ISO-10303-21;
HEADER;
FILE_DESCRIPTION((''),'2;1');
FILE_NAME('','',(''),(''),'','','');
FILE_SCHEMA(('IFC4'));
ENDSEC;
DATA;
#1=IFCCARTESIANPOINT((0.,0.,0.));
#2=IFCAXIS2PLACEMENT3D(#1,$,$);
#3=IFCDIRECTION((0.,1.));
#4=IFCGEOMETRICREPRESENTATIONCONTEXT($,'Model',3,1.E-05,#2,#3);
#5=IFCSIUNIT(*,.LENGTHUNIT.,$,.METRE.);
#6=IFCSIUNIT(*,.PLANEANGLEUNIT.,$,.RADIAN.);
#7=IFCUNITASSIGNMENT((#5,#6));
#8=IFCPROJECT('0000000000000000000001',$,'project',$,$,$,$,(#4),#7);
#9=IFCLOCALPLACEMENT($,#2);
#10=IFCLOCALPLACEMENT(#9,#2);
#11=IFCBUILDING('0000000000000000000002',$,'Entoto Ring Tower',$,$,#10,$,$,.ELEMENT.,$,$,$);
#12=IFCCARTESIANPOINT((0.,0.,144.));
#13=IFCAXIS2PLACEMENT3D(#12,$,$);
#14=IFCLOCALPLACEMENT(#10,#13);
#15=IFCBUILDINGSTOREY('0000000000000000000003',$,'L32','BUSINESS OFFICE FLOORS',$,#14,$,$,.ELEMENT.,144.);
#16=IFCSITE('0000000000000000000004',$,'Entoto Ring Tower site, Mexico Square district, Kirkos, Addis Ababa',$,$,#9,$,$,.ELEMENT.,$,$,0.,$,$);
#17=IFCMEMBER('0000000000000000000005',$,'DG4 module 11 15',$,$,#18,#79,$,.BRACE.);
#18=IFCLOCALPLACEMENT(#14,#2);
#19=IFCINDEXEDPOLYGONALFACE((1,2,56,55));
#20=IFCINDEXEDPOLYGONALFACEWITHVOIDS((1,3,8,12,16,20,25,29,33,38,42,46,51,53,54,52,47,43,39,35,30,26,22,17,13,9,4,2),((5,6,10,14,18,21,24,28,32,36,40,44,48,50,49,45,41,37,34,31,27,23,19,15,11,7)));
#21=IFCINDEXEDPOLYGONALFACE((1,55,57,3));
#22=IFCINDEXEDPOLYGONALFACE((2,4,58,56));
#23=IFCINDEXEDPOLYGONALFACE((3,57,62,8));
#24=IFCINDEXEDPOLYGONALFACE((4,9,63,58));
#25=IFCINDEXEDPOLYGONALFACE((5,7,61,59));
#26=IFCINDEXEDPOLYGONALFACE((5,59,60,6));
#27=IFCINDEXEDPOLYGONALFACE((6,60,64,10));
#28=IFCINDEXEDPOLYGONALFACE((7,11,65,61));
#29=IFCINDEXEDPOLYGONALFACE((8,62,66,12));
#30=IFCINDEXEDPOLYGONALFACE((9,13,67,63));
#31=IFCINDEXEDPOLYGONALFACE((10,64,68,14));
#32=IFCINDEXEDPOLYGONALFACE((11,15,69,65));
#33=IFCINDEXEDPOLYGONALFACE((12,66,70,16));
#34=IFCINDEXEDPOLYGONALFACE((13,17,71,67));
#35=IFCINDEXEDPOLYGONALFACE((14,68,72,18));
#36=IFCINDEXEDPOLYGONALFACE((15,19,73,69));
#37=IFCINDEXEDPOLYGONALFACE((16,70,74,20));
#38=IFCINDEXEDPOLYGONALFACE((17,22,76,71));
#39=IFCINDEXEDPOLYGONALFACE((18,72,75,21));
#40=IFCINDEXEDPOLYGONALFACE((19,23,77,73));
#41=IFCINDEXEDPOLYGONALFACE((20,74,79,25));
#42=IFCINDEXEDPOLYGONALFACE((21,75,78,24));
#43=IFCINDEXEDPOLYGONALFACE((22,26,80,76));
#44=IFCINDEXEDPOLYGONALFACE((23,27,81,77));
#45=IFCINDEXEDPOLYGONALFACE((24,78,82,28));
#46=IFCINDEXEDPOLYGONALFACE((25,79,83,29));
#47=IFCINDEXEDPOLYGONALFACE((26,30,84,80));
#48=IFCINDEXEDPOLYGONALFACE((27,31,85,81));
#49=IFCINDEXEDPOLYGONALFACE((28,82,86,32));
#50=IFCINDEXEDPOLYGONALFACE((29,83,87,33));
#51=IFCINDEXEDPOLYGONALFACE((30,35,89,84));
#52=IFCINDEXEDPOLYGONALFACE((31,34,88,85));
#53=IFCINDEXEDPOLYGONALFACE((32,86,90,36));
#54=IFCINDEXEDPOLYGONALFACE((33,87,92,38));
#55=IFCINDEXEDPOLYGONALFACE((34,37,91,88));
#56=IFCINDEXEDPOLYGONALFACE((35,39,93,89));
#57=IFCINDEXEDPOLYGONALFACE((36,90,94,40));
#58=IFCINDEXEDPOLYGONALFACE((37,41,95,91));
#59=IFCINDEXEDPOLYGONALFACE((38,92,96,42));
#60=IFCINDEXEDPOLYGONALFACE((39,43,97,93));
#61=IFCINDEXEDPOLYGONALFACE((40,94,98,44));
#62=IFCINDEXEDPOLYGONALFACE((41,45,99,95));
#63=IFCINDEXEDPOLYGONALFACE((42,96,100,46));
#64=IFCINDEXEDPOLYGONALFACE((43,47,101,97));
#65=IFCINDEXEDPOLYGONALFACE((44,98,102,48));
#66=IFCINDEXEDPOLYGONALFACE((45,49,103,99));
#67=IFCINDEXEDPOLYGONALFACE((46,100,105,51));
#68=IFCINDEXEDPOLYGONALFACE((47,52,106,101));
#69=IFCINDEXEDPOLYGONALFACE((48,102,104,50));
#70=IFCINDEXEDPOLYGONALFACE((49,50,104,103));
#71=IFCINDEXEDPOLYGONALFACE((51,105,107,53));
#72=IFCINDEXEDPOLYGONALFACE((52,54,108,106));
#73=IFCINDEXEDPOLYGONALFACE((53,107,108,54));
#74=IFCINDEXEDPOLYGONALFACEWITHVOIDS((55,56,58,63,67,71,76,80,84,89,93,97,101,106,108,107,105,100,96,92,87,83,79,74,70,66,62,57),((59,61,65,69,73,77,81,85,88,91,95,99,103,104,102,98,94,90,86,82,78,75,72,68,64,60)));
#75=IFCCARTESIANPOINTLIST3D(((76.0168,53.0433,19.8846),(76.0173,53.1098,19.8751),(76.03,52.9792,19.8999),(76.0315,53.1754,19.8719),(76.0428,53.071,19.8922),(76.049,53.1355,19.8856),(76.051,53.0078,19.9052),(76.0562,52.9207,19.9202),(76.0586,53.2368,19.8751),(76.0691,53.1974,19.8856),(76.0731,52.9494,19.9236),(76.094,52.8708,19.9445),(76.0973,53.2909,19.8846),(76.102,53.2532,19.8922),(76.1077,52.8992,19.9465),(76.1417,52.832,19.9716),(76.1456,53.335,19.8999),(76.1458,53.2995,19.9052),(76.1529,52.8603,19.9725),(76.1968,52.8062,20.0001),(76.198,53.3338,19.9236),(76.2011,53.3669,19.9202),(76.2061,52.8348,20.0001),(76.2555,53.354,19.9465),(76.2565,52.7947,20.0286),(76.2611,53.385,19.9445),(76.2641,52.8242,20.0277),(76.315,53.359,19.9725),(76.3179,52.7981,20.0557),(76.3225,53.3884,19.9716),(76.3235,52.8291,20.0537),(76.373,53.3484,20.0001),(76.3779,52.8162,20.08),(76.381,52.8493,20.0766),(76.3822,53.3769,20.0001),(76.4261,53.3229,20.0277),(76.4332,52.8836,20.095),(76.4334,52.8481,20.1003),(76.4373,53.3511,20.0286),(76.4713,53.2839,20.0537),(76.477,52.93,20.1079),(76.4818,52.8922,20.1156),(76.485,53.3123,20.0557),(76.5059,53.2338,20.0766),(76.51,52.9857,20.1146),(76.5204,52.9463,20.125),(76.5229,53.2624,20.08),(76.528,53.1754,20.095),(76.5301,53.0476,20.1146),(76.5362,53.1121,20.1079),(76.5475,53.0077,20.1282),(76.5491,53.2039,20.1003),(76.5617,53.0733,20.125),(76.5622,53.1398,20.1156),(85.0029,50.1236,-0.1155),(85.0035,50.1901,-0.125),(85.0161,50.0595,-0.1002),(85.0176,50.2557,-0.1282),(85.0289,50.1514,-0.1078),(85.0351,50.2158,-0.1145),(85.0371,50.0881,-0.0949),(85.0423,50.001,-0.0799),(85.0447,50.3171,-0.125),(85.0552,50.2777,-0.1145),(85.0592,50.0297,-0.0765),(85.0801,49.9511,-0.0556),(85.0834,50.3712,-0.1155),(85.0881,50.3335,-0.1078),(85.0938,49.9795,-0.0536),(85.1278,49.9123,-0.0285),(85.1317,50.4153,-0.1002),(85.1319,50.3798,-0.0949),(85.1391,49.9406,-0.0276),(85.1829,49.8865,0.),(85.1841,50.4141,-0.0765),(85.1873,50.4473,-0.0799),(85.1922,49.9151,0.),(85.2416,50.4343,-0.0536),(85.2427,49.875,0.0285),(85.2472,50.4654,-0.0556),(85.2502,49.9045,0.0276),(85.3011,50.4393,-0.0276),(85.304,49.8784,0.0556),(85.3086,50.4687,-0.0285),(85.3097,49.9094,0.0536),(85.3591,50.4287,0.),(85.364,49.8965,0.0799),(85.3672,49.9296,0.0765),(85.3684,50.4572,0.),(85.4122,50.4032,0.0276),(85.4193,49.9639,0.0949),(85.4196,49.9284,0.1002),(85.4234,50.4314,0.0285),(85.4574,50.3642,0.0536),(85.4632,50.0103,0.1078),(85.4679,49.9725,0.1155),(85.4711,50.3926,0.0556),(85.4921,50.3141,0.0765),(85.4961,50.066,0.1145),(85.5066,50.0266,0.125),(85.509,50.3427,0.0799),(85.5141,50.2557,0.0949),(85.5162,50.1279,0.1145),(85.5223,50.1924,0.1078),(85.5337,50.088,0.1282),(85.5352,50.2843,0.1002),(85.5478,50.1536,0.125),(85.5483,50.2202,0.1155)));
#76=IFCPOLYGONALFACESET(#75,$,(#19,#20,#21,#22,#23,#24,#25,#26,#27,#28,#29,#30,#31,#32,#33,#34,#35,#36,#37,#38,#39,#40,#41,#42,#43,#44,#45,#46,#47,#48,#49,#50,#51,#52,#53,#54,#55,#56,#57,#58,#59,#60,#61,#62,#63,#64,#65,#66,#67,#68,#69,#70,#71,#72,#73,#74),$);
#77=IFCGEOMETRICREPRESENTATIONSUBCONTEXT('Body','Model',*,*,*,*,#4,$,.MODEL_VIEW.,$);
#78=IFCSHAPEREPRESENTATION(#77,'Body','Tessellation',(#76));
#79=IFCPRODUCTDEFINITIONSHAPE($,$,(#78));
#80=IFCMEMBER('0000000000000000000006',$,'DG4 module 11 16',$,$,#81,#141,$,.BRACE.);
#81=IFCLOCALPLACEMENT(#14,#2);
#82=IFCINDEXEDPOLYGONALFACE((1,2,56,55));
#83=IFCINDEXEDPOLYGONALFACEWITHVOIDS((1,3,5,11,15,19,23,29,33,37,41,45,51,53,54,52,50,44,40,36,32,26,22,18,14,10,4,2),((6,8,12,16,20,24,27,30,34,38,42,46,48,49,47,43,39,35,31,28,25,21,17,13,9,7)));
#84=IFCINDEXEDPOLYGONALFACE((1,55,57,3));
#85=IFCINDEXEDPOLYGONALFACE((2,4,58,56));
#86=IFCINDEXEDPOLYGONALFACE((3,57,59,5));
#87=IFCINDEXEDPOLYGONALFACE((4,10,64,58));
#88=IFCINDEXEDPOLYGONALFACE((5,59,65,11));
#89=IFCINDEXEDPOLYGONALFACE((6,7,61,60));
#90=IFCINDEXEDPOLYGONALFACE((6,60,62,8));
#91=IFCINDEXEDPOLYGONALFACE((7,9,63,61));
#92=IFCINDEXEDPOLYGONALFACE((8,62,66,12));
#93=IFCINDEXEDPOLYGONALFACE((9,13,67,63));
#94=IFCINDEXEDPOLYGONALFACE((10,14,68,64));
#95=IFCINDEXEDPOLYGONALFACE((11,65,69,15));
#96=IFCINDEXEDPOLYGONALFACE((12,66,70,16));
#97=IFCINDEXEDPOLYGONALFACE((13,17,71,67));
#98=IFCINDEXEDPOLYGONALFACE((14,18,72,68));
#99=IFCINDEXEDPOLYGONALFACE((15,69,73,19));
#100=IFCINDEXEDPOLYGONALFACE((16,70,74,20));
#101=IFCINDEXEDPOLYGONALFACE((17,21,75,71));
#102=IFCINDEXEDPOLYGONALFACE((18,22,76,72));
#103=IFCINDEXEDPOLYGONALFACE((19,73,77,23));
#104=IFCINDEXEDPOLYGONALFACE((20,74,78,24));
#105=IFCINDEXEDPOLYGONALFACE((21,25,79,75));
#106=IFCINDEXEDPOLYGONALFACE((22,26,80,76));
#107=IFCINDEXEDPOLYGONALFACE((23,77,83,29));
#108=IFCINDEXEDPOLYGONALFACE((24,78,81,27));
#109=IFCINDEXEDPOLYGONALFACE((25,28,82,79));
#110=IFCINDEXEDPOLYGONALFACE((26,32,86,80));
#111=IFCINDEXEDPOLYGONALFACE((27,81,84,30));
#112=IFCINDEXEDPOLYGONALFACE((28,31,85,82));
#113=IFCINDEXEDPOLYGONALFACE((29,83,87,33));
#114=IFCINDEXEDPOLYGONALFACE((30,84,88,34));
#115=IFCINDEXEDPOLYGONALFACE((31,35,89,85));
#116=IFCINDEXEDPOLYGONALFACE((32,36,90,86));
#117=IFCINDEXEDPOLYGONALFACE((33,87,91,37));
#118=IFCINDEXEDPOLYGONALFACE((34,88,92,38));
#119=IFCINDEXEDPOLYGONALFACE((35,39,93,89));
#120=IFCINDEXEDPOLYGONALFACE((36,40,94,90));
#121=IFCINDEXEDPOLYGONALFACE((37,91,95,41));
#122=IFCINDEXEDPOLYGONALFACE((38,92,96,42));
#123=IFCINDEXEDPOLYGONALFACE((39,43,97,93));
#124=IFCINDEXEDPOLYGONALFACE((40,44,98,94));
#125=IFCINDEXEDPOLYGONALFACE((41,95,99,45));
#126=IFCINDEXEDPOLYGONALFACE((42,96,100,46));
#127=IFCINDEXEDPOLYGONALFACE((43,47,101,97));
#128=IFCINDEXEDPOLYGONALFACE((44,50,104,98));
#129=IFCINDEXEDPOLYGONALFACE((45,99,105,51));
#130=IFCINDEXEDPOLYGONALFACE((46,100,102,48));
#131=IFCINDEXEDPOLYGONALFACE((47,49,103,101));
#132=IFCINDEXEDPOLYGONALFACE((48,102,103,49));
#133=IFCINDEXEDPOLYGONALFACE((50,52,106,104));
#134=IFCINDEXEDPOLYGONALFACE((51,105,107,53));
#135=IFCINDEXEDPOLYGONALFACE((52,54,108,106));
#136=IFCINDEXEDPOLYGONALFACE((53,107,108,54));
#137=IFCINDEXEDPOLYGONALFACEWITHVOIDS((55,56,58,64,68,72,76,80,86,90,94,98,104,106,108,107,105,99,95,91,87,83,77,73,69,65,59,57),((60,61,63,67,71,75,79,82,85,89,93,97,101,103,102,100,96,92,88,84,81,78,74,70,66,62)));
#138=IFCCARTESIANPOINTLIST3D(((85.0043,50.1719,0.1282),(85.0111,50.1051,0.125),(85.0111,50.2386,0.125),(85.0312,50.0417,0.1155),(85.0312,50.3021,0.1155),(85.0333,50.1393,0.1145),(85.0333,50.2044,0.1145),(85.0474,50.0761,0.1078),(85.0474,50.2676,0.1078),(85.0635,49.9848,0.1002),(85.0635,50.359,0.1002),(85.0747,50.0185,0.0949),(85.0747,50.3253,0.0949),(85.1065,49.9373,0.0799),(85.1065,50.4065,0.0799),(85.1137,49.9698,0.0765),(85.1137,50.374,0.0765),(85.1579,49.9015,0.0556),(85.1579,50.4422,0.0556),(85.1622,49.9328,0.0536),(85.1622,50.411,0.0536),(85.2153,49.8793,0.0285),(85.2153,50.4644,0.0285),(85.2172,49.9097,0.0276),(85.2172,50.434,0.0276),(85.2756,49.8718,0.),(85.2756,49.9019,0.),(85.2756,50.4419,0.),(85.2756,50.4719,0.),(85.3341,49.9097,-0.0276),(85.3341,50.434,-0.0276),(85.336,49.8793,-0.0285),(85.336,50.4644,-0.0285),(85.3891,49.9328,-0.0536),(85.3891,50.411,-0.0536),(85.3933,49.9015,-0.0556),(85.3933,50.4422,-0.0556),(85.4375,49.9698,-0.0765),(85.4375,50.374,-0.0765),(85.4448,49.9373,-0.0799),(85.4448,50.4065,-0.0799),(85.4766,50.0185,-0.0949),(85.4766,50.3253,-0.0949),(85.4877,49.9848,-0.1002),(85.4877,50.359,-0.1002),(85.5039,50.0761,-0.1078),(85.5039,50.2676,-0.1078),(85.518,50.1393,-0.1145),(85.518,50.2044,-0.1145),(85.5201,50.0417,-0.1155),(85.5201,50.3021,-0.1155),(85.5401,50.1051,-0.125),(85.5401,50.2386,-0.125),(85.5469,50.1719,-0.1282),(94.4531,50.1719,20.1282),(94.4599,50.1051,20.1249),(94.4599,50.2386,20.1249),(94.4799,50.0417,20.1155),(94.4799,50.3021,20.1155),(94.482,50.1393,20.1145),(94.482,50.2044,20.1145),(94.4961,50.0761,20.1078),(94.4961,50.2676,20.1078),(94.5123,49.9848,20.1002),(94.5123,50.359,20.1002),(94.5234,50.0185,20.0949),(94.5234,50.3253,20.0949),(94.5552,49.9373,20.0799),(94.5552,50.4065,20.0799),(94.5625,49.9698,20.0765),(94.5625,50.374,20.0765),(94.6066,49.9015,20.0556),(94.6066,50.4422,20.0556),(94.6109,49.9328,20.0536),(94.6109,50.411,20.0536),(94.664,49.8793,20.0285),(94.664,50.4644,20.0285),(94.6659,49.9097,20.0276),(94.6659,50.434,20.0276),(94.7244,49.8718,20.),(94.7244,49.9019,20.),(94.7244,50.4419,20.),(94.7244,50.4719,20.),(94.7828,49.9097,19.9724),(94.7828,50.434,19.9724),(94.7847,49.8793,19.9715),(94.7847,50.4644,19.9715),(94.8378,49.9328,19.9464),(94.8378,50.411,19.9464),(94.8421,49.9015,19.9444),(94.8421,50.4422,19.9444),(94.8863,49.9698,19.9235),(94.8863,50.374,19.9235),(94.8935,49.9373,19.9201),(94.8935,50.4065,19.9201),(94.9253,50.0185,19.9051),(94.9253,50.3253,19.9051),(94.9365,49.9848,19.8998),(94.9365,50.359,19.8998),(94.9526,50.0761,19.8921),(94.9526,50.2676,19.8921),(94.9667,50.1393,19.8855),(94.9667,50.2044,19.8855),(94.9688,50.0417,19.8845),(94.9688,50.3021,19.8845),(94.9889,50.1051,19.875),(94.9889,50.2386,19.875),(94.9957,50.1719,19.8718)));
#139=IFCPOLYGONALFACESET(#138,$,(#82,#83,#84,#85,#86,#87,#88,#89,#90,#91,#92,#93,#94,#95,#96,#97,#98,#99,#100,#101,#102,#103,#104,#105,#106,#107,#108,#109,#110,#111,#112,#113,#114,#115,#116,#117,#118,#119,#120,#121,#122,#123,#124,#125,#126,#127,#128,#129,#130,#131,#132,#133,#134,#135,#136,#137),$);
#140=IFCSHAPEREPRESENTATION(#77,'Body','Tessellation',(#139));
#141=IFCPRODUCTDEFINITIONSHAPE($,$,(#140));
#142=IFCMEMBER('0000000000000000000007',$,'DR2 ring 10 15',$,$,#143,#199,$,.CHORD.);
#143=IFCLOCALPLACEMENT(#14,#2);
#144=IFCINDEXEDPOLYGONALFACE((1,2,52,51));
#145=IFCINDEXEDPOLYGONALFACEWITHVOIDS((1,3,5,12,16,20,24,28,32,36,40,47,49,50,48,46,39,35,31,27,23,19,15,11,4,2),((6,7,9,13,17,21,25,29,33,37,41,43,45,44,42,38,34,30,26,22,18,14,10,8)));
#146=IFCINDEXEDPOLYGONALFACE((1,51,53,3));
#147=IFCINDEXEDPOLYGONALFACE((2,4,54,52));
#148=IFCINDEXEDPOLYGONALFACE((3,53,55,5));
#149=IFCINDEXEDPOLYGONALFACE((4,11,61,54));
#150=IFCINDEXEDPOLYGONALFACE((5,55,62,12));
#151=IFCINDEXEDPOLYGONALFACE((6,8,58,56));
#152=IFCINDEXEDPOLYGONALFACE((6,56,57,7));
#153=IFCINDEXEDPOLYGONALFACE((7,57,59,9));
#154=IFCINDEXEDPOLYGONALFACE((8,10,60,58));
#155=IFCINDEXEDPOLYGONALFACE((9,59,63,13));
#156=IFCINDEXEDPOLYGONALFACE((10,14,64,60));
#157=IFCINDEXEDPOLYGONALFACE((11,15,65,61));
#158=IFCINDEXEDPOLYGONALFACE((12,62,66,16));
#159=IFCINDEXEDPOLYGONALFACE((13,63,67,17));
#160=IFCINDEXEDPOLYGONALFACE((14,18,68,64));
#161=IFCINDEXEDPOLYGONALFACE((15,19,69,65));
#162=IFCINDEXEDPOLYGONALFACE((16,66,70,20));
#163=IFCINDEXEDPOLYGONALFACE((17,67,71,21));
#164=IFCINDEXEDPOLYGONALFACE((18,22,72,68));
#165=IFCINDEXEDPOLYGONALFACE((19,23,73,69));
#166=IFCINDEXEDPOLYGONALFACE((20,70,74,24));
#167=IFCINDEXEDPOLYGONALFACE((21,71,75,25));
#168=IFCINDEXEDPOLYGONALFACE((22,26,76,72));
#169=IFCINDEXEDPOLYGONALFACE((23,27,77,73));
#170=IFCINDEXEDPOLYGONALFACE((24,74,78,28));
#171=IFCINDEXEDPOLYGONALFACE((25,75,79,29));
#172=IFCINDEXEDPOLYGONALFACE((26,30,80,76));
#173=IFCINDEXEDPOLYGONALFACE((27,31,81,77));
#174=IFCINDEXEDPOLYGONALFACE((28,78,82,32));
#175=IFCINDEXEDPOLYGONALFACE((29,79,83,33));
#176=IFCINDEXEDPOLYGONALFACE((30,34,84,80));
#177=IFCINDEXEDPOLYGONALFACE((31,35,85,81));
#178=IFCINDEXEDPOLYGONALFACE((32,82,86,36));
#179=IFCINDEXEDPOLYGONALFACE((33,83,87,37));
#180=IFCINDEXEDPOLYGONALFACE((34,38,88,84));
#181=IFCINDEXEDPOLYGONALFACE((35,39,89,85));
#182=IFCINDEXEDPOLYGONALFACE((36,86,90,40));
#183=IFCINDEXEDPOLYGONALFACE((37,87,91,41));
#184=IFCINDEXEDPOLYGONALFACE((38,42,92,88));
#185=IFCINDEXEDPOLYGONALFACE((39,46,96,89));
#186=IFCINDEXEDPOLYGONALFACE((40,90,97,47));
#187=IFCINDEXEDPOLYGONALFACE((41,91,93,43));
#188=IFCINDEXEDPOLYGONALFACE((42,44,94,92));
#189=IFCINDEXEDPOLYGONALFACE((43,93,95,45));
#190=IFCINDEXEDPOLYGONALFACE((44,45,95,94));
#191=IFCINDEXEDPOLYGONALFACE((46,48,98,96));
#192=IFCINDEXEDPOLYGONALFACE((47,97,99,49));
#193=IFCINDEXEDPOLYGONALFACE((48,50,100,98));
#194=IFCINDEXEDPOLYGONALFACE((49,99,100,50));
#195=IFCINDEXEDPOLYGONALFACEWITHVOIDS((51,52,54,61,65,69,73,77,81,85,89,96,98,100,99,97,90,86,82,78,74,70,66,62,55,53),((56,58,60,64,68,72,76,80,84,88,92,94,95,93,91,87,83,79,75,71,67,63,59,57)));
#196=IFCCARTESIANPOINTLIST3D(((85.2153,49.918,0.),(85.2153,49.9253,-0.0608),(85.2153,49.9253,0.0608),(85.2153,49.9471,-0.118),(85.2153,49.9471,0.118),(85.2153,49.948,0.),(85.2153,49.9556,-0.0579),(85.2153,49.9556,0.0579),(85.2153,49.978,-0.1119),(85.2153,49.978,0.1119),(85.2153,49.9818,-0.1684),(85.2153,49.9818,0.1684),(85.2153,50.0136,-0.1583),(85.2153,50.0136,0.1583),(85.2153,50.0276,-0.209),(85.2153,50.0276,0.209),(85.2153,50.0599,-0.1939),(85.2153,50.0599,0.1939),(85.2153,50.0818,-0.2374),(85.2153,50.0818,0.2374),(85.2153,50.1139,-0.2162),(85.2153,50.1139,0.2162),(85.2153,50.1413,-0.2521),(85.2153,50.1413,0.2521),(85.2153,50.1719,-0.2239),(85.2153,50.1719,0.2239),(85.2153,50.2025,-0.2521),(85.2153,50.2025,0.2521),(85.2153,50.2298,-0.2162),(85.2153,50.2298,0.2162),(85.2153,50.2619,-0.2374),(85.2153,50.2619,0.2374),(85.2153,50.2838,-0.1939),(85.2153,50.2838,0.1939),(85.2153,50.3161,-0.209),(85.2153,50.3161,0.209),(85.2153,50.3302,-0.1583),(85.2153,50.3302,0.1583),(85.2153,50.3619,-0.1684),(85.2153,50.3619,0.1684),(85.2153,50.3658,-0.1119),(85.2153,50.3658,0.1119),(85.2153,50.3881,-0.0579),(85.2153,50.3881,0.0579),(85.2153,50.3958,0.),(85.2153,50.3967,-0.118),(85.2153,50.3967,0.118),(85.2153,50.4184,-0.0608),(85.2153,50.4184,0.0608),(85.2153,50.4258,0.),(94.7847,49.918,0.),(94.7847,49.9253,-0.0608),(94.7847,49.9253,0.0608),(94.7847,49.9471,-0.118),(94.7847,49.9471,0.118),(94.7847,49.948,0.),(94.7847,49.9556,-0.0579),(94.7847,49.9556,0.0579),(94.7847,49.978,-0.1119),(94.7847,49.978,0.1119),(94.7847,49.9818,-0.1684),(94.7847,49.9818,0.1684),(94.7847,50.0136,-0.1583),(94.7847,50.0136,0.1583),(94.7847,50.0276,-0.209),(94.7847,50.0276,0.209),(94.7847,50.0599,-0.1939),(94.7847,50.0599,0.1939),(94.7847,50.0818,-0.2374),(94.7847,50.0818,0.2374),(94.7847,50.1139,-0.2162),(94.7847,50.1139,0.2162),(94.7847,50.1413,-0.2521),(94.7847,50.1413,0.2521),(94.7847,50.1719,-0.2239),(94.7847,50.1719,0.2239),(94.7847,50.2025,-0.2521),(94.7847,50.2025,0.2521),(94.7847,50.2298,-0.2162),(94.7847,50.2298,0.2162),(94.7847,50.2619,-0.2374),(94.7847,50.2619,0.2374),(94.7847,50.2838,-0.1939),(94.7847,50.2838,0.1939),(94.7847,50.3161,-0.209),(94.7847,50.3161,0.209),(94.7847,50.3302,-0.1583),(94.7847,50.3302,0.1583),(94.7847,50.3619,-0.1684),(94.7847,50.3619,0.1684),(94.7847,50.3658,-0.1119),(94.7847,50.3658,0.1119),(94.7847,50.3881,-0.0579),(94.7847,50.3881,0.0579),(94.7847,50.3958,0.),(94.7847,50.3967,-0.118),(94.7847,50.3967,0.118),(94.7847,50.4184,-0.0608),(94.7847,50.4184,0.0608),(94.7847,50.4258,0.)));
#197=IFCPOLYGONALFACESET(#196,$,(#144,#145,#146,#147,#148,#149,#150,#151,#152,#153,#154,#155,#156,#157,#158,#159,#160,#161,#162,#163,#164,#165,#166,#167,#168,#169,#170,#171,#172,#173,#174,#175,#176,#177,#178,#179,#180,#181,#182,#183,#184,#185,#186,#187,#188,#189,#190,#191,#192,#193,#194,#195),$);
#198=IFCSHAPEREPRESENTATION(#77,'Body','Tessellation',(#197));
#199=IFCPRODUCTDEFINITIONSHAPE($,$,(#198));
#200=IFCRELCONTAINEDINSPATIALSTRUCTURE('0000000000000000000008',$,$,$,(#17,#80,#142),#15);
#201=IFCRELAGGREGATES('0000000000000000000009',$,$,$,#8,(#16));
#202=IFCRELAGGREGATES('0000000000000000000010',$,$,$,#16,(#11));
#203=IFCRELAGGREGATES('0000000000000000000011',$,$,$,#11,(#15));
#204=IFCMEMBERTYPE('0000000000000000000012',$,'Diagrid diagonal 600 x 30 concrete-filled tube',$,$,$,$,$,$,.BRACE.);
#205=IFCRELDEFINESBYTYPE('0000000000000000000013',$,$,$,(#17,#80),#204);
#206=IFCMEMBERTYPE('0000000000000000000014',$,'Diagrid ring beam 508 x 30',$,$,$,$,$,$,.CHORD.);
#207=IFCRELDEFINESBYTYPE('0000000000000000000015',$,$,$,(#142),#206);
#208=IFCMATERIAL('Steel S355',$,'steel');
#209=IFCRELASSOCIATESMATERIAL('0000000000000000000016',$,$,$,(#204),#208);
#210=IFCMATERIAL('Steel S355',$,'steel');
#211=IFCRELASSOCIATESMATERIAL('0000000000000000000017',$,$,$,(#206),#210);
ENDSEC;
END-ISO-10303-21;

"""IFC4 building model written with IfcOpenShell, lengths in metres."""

from ifc_helpers import new_model, si_unit, direction, frame, origin, origin_2d, place, context, subcontext, project, spatial, circle, hollow_circle, extrude, material, material_profile, profile_set, type_object, element, save


model = new_model("IFC4")

# Units and contexts
model_context = context("Model", 3, precision=1e-05, world=origin(), true_north=direction((0.0, 1.0)))
body_context = subcontext(model_context, "Body", "Model", "MODEL_VIEW")
ifc_project = project(units=[si_unit("LENGTHUNIT", "METRE"), si_unit("PLANEANGLEUNIT", "RADIAN")], contexts=[model_context])

# Site, building, storey
site_placement = place(None, origin())
site = spatial("IfcSite", under=ifc_project, at=site_placement, Name="Entoto Ring Tower site, Mexico Square district, Kirkos, Addis Ababa", CompositionType="ELEMENT", RefElevation=0.0)
building_placement = place(site_placement, origin())
building = spatial("IfcBuilding", under=site, at=building_placement, Name="Entoto Ring Tower", CompositionType="ELEMENT")
storey_placement = place(building_placement, frame((0.0, 0.0, 144.0)))
storey = spatial("IfcBuildingStorey", under=building, at=storey_placement, Name="L32", Description="BUSINESS OFFICE FLOORS", CompositionType="ELEMENT", Elevation=144.0)

# Members
ifc_material_1 = material(Name="Steel S355", Category="steel")
ifc_material_profile_1 = material_profile(ifc_material_1, hollow_circle(Radius=0.3, WallThickness=0.03, at=origin_2d()), Name="CHS 600 x 30")
ifc_material_2 = material(Name="Concrete C60/75", Category="concrete")
ifc_material_profile_2 = material_profile(ifc_material_2, circle(Radius=0.27, at=origin_2d()), Name="Concrete C60/75 infill")
ifc_profile_set_1 = profile_set([ifc_material_profile_1, ifc_material_profile_2], Name="Steel S355")
member_type_1 = type_object("IfcMemberType", Name="Diagrid diagonal 600 x 30 concrete-filled tube", PredefinedType="BRACE", material=ifc_profile_set_1)
for number, where, z_axis, x_axis, name in (
    (1, (85.2756, 50.1719, 0.0), (-0.406251, 0.131995, 0.904178), (-0.30901, -0.951059, 0.0), "DG4 module 11 15"),
    (2, (85.2756, 50.1719, 0.0), (0.427165, 0.0, 0.904174), (0.0, 1.0, 0.0), "DG4 module 11 16"),
):
    element("IfcMember", number, at=place(storey_placement, frame(where, z_axis=z_axis, x_axis=x_axis)), inside=storey, type_object=member_type_1, Name=name, PredefinedType="BRACE", context=body_context, shape_type="SweptSolid", body=[
        extrude(hollow_circle(Radius=0.3, WallThickness=0.03, at=origin_2d()), origin(), (0.0, 0.0, 1.0), 22.1196),
    ])
ifc_material_3 = material(Name="Steel S355", Category="steel")
ifc_material_profile_3 = material_profile(ifc_material_3, hollow_circle(Radius=0.2539, WallThickness=0.03, at=origin_2d()), Name="CHS 508 x 30")
ifc_material_4 = material(Name="Concrete C60/75", Category="concrete")
ifc_material_profile_4 = material_profile(ifc_material_4, circle(Radius=0.2241, at=origin_2d()), Name="Concrete C60/75 infill")
ifc_profile_set_2 = profile_set([ifc_material_profile_3, ifc_material_profile_4], Name="Steel S355")
member_type_2 = type_object("IfcMemberType", Name="Diagrid ring beam 508 x 30", PredefinedType="CHORD", material=ifc_profile_set_2)
member_1_placement = place(storey_placement, frame((85.2153, 50.1719, 0.0), z_axis=(1.0, 0.0, 0.0), x_axis=(0.0, 1.0, 0.0)))
element("IfcMember", 3, at=member_1_placement, inside=storey, type_object=member_type_2, Name="DR2 ring 10 15", PredefinedType="CHORD", context=body_context, shape_type="SweptSolid", body=[
    extrude(hollow_circle(Radius=0.2539, WallThickness=0.03, at=origin_2d()), origin(), (0.0, 0.0, 1.0), 9.5693),
])

save(model, "model.ifc")
